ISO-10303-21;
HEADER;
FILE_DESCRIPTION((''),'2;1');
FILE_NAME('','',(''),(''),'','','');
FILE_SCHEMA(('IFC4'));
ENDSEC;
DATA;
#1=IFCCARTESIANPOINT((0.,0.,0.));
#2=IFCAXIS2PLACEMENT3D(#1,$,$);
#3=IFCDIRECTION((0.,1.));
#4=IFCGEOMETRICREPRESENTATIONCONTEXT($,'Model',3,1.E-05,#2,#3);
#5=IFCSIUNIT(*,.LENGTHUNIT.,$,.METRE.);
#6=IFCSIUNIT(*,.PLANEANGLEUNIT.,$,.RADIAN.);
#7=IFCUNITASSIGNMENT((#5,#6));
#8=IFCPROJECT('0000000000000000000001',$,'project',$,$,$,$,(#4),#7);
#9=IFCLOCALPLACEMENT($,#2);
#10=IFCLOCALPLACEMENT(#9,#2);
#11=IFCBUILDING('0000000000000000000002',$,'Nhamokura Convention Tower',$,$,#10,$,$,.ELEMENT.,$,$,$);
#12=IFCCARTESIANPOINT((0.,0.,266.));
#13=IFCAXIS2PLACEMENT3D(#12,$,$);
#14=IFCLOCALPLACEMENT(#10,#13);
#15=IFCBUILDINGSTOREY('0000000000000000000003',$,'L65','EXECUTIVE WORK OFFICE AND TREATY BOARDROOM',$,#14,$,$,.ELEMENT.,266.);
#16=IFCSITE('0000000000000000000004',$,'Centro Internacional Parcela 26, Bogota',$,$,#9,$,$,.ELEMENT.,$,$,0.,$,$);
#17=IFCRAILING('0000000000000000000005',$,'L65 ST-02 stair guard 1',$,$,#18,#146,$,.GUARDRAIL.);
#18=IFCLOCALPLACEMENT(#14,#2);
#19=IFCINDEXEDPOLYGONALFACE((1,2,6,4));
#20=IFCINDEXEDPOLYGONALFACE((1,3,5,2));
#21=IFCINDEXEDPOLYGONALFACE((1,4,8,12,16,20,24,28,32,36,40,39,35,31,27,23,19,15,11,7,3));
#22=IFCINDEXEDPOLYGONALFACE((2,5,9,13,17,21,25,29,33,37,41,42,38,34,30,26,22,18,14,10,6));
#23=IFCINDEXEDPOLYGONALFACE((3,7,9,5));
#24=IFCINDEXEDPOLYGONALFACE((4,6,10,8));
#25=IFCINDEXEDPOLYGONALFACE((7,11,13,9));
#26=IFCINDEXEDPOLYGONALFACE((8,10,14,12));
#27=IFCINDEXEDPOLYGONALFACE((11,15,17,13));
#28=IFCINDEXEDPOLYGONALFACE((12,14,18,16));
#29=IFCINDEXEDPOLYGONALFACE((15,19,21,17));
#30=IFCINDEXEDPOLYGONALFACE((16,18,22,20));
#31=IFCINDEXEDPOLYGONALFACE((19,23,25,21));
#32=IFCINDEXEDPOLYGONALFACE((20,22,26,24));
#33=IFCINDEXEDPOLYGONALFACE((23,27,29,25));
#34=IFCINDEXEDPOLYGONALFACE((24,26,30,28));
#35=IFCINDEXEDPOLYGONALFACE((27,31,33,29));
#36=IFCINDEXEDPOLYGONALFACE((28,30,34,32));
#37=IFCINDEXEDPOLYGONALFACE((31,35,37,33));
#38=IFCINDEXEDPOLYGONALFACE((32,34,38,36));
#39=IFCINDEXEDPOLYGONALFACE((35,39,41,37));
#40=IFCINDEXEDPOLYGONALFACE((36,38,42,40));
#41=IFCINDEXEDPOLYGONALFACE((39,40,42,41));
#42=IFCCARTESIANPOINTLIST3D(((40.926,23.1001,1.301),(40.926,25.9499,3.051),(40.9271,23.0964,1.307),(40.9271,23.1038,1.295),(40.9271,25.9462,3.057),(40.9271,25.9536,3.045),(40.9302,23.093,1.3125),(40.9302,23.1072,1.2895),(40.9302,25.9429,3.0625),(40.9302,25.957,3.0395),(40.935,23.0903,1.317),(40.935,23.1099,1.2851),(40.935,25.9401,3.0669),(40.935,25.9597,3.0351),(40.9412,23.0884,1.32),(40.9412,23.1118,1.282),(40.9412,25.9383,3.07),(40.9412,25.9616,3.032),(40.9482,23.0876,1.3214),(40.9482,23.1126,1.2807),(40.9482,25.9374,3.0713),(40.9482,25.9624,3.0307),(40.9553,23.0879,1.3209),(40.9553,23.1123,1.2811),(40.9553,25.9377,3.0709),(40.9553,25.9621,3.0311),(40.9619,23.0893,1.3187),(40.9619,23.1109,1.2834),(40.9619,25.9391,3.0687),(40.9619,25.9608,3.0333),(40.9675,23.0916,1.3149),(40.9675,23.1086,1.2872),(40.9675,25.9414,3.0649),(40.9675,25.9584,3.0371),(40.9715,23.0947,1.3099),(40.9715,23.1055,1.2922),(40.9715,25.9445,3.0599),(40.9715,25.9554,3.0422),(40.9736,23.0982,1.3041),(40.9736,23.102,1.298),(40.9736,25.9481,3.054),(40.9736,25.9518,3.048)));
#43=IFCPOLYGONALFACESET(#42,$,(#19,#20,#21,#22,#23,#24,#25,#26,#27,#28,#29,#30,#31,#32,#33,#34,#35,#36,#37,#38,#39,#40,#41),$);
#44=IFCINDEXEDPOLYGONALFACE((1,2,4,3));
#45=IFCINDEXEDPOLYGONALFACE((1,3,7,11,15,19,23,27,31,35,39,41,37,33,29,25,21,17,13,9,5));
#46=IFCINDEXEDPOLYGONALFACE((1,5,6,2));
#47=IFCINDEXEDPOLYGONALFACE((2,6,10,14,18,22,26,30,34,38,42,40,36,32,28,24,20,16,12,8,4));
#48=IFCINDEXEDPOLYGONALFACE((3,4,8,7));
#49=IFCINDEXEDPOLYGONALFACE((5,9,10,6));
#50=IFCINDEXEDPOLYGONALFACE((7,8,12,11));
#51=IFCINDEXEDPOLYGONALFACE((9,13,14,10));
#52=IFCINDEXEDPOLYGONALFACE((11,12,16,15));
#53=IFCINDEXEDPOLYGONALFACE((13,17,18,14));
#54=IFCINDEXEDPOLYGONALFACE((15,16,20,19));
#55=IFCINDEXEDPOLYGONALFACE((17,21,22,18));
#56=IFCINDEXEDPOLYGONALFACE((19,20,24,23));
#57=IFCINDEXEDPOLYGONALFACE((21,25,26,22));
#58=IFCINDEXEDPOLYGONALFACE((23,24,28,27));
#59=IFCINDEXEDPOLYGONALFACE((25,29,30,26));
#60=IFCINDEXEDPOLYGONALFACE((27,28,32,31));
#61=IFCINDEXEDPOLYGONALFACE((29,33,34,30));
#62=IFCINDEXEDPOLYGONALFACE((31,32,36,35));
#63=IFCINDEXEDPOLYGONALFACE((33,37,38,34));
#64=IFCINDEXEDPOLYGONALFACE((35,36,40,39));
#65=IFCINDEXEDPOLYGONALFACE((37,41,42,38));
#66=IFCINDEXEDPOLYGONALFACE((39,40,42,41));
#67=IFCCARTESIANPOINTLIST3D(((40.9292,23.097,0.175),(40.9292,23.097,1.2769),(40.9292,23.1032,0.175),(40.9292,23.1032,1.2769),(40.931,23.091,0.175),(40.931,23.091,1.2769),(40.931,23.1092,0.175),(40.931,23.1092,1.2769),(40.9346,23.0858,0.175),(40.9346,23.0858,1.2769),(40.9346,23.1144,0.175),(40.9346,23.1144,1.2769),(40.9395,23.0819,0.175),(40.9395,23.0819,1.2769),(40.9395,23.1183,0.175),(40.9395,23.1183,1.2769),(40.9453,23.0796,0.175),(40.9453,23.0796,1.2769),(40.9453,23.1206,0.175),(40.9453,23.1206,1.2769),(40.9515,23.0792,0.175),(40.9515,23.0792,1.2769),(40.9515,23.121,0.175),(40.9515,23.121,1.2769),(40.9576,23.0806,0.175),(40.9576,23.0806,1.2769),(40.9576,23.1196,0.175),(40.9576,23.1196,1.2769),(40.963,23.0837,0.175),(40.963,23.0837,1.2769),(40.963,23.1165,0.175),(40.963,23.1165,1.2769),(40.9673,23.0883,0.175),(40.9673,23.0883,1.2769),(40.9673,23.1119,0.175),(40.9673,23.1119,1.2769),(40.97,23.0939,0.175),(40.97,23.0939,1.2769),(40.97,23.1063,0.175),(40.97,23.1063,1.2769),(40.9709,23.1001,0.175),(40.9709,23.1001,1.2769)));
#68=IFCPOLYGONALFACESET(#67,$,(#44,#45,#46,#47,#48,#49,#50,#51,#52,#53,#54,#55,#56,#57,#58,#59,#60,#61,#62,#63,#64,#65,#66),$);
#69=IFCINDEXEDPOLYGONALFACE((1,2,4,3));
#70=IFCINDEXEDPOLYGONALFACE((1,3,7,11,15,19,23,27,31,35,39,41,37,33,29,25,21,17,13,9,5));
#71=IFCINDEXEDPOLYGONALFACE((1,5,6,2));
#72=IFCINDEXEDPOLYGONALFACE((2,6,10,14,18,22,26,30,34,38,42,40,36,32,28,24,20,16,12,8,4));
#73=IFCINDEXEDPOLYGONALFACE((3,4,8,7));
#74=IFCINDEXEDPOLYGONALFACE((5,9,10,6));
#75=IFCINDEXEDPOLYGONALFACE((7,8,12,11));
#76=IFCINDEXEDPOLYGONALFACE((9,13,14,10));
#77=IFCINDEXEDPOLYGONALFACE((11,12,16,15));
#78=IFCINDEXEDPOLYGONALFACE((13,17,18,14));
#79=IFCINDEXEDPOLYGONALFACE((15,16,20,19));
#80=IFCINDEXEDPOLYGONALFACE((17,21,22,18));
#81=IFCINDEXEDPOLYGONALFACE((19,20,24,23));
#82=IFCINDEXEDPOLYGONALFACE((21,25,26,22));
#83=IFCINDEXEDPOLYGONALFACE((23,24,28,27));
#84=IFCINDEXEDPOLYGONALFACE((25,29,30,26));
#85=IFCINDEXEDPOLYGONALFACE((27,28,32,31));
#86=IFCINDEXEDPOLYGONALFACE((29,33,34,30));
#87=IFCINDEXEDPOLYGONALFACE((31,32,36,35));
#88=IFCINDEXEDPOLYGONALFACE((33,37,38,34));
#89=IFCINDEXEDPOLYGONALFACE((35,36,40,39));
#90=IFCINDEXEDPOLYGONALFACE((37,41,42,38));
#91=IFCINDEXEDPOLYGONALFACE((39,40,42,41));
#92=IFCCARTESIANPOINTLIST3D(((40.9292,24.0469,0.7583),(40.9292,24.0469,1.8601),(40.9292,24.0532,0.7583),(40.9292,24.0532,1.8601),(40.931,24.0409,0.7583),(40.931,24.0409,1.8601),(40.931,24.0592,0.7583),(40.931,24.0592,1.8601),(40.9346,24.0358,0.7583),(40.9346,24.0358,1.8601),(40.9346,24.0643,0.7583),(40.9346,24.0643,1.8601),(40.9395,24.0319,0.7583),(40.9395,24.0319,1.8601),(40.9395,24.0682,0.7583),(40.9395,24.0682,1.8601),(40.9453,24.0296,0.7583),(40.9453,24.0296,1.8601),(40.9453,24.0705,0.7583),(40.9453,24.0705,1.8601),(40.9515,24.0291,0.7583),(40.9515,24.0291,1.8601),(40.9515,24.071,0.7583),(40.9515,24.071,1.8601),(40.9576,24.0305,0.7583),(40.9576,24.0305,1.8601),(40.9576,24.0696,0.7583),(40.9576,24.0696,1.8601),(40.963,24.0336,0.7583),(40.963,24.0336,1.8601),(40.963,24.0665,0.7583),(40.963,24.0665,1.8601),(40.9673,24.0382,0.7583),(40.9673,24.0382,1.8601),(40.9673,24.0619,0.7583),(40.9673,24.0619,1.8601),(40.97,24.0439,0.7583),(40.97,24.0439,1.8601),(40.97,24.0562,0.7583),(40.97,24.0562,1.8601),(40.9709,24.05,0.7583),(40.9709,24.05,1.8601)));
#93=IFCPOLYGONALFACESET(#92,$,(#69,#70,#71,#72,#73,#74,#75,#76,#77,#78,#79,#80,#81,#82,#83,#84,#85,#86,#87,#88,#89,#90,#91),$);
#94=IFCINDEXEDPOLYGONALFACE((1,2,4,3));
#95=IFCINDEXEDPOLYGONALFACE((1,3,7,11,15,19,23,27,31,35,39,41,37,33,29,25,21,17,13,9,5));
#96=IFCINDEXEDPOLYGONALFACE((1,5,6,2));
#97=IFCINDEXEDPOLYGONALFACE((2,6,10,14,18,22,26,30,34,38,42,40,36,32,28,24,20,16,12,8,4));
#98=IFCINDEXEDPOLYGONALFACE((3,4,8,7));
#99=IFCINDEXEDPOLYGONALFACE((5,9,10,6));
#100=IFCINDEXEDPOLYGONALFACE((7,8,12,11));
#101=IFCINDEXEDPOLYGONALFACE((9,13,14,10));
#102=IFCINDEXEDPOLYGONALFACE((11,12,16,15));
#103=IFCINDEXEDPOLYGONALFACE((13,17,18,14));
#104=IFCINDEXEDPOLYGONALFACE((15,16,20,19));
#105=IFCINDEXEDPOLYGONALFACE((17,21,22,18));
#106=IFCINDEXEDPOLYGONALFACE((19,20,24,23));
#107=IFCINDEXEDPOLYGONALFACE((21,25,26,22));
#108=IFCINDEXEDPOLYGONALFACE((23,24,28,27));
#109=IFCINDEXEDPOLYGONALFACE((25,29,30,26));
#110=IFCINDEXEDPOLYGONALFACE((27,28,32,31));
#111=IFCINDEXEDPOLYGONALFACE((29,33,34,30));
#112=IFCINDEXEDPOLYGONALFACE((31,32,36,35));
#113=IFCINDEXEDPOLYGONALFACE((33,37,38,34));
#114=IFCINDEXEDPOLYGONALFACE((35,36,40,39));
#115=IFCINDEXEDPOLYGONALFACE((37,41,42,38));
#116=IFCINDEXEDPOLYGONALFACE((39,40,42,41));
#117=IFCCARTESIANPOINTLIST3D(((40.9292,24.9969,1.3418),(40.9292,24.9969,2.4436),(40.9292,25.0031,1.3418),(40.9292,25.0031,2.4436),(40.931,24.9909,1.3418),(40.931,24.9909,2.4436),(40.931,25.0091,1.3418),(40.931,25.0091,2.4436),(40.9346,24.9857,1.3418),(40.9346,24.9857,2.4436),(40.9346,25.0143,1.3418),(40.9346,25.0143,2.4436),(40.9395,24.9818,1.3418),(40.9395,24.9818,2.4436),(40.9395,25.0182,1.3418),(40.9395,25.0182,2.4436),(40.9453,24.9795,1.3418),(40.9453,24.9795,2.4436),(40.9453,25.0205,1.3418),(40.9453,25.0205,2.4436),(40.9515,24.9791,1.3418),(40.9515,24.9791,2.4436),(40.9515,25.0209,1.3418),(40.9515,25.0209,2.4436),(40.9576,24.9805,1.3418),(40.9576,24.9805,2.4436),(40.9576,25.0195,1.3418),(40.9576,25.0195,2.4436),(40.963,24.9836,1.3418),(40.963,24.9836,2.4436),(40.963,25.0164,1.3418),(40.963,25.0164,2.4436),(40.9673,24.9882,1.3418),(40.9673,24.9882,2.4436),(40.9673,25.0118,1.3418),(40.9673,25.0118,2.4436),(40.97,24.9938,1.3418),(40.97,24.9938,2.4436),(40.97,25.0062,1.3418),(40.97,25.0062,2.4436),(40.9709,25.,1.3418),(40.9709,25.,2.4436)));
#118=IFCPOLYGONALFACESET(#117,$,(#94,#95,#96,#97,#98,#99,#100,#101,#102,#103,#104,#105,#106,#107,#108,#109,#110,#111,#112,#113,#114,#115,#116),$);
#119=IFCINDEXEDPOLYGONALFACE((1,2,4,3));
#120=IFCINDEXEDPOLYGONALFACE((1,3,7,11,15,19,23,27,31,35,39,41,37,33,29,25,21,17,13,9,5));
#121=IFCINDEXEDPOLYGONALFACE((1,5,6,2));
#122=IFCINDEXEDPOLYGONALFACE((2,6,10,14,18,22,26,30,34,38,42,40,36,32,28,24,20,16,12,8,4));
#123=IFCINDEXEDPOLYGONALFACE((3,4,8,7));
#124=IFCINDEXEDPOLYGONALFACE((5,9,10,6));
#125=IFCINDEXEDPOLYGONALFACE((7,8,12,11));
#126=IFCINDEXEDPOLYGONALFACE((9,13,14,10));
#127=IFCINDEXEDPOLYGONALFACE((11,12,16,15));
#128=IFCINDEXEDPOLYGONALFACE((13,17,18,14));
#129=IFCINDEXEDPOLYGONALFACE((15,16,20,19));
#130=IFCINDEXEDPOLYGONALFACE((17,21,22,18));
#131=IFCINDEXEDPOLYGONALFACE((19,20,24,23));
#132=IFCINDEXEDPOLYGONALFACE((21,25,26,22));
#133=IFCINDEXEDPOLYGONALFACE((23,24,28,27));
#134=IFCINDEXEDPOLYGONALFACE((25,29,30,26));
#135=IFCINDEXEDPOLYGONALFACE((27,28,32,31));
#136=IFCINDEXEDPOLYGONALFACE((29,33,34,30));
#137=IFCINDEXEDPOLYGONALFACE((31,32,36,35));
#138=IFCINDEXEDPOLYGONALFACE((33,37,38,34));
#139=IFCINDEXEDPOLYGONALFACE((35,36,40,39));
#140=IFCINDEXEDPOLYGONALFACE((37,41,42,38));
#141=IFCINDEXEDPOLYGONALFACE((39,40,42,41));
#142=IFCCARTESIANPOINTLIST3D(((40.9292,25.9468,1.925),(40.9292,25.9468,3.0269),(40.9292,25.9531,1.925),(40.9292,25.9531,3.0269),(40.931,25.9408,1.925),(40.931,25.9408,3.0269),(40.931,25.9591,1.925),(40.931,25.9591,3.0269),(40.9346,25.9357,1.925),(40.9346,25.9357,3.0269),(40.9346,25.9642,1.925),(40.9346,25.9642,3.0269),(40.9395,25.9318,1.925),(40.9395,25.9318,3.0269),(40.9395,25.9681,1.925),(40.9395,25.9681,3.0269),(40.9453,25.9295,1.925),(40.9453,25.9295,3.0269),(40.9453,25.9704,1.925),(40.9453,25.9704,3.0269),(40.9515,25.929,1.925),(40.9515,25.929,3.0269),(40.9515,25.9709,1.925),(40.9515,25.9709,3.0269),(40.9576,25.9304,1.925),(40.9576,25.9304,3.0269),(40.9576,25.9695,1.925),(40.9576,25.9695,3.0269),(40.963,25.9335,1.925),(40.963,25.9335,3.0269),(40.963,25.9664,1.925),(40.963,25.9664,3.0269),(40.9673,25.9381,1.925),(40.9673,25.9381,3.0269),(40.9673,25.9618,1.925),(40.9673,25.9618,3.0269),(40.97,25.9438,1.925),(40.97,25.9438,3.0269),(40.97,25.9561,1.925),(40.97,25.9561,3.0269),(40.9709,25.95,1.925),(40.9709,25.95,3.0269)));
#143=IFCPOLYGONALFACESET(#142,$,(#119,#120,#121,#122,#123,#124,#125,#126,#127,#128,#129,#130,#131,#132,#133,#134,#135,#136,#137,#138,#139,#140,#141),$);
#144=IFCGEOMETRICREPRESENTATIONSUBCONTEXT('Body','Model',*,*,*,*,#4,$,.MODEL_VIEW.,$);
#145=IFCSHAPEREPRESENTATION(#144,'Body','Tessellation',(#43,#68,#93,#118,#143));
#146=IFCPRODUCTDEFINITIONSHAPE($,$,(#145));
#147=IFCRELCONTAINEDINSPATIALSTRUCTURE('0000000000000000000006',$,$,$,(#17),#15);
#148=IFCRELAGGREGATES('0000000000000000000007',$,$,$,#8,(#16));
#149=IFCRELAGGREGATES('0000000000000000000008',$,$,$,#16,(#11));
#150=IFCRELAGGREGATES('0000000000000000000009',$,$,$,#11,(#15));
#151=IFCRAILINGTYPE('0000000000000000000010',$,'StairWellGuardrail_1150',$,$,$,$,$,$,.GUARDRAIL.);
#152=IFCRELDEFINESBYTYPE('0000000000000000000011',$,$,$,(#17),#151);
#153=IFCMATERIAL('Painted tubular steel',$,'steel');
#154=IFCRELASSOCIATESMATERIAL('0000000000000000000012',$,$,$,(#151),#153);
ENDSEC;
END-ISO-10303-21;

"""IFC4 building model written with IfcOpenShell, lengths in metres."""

from ifc_helpers import new_model, si_unit, direction, frame, origin, origin_2d, place, context, subcontext, project, spatial, circle, extrude, material, type_object, element, save


model = new_model("IFC4")

# Units and contexts
model_context = context("Model", 3, precision=1e-05, world=origin(), true_north=direction((0.0, 1.0)))
body_context = subcontext(model_context, "Body", "Model", "MODEL_VIEW")
ifc_project = project(units=[si_unit("LENGTHUNIT", "METRE"), si_unit("PLANEANGLEUNIT", "RADIAN")], contexts=[model_context])

# Site, building, storey
site_placement = place(None, origin())
site = spatial("IfcSite", under=ifc_project, at=site_placement, Name="Centro Internacional Parcela 26, Bogota", CompositionType="ELEMENT", RefElevation=0.0)
building_placement = place(site_placement, origin())
building = spatial("IfcBuilding", under=site, at=building_placement, Name="Nhamokura Convention Tower", CompositionType="ELEMENT")
storey_placement = place(building_placement, frame((0.0, 0.0, 266.0)))
storey = spatial("IfcBuildingStorey", under=building, at=storey_placement, Name="L65", Description="EXECUTIVE WORK OFFICE AND TREATY BOARDROOM", CompositionType="ELEMENT", Elevation=266.0)

# Railing
ifc_material_1 = material(Name="Painted tubular steel", Category="steel")
railing_type_1 = type_object("IfcRailingType", Name="StairWellGuardrail_1150", PredefinedType="GUARDRAIL", material=ifc_material_1)
railing_1_placement = place(storey_placement, frame((40.95, 23.1001, 0.175)))
element("IfcRailing", 1, at=railing_1_placement, inside=storey, type_object=railing_type_1, Name="L65 ST-02 stair guard 1", PredefinedType="GUARDRAIL", context=body_context, shape_type="SweptSolid", body=[
    extrude(circle(Radius=0.0239, at=origin_2d()), frame((0.0, 0.0, 1.126), z_axis=(0.0, 0.852159, 0.523283), x_axis=(-1.0, 0.0, 0.0)), (0.0, 0.0, 1.0), 3.3442),
    extrude(circle(Radius=0.021, at=origin_2d()), origin(), (0.0, 0.0, 1.0), 1.1018),
    extrude(circle(Radius=0.021, at=origin_2d()), frame((0.0, 0.95, 0.5833)), (0.0, 0.0, 1.0), 1.1018),
    extrude(circle(Radius=0.021, at=origin_2d()), frame((0.0, 1.8999, 1.1667)), (0.0, 0.0, 1.0), 1.1018),
    extrude(circle(Radius=0.021, at=origin_2d()), frame((0.0, 2.8499, 1.75)), (0.0, 0.0, 1.0), 1.1018),
])

save(model, "model.ifc")
